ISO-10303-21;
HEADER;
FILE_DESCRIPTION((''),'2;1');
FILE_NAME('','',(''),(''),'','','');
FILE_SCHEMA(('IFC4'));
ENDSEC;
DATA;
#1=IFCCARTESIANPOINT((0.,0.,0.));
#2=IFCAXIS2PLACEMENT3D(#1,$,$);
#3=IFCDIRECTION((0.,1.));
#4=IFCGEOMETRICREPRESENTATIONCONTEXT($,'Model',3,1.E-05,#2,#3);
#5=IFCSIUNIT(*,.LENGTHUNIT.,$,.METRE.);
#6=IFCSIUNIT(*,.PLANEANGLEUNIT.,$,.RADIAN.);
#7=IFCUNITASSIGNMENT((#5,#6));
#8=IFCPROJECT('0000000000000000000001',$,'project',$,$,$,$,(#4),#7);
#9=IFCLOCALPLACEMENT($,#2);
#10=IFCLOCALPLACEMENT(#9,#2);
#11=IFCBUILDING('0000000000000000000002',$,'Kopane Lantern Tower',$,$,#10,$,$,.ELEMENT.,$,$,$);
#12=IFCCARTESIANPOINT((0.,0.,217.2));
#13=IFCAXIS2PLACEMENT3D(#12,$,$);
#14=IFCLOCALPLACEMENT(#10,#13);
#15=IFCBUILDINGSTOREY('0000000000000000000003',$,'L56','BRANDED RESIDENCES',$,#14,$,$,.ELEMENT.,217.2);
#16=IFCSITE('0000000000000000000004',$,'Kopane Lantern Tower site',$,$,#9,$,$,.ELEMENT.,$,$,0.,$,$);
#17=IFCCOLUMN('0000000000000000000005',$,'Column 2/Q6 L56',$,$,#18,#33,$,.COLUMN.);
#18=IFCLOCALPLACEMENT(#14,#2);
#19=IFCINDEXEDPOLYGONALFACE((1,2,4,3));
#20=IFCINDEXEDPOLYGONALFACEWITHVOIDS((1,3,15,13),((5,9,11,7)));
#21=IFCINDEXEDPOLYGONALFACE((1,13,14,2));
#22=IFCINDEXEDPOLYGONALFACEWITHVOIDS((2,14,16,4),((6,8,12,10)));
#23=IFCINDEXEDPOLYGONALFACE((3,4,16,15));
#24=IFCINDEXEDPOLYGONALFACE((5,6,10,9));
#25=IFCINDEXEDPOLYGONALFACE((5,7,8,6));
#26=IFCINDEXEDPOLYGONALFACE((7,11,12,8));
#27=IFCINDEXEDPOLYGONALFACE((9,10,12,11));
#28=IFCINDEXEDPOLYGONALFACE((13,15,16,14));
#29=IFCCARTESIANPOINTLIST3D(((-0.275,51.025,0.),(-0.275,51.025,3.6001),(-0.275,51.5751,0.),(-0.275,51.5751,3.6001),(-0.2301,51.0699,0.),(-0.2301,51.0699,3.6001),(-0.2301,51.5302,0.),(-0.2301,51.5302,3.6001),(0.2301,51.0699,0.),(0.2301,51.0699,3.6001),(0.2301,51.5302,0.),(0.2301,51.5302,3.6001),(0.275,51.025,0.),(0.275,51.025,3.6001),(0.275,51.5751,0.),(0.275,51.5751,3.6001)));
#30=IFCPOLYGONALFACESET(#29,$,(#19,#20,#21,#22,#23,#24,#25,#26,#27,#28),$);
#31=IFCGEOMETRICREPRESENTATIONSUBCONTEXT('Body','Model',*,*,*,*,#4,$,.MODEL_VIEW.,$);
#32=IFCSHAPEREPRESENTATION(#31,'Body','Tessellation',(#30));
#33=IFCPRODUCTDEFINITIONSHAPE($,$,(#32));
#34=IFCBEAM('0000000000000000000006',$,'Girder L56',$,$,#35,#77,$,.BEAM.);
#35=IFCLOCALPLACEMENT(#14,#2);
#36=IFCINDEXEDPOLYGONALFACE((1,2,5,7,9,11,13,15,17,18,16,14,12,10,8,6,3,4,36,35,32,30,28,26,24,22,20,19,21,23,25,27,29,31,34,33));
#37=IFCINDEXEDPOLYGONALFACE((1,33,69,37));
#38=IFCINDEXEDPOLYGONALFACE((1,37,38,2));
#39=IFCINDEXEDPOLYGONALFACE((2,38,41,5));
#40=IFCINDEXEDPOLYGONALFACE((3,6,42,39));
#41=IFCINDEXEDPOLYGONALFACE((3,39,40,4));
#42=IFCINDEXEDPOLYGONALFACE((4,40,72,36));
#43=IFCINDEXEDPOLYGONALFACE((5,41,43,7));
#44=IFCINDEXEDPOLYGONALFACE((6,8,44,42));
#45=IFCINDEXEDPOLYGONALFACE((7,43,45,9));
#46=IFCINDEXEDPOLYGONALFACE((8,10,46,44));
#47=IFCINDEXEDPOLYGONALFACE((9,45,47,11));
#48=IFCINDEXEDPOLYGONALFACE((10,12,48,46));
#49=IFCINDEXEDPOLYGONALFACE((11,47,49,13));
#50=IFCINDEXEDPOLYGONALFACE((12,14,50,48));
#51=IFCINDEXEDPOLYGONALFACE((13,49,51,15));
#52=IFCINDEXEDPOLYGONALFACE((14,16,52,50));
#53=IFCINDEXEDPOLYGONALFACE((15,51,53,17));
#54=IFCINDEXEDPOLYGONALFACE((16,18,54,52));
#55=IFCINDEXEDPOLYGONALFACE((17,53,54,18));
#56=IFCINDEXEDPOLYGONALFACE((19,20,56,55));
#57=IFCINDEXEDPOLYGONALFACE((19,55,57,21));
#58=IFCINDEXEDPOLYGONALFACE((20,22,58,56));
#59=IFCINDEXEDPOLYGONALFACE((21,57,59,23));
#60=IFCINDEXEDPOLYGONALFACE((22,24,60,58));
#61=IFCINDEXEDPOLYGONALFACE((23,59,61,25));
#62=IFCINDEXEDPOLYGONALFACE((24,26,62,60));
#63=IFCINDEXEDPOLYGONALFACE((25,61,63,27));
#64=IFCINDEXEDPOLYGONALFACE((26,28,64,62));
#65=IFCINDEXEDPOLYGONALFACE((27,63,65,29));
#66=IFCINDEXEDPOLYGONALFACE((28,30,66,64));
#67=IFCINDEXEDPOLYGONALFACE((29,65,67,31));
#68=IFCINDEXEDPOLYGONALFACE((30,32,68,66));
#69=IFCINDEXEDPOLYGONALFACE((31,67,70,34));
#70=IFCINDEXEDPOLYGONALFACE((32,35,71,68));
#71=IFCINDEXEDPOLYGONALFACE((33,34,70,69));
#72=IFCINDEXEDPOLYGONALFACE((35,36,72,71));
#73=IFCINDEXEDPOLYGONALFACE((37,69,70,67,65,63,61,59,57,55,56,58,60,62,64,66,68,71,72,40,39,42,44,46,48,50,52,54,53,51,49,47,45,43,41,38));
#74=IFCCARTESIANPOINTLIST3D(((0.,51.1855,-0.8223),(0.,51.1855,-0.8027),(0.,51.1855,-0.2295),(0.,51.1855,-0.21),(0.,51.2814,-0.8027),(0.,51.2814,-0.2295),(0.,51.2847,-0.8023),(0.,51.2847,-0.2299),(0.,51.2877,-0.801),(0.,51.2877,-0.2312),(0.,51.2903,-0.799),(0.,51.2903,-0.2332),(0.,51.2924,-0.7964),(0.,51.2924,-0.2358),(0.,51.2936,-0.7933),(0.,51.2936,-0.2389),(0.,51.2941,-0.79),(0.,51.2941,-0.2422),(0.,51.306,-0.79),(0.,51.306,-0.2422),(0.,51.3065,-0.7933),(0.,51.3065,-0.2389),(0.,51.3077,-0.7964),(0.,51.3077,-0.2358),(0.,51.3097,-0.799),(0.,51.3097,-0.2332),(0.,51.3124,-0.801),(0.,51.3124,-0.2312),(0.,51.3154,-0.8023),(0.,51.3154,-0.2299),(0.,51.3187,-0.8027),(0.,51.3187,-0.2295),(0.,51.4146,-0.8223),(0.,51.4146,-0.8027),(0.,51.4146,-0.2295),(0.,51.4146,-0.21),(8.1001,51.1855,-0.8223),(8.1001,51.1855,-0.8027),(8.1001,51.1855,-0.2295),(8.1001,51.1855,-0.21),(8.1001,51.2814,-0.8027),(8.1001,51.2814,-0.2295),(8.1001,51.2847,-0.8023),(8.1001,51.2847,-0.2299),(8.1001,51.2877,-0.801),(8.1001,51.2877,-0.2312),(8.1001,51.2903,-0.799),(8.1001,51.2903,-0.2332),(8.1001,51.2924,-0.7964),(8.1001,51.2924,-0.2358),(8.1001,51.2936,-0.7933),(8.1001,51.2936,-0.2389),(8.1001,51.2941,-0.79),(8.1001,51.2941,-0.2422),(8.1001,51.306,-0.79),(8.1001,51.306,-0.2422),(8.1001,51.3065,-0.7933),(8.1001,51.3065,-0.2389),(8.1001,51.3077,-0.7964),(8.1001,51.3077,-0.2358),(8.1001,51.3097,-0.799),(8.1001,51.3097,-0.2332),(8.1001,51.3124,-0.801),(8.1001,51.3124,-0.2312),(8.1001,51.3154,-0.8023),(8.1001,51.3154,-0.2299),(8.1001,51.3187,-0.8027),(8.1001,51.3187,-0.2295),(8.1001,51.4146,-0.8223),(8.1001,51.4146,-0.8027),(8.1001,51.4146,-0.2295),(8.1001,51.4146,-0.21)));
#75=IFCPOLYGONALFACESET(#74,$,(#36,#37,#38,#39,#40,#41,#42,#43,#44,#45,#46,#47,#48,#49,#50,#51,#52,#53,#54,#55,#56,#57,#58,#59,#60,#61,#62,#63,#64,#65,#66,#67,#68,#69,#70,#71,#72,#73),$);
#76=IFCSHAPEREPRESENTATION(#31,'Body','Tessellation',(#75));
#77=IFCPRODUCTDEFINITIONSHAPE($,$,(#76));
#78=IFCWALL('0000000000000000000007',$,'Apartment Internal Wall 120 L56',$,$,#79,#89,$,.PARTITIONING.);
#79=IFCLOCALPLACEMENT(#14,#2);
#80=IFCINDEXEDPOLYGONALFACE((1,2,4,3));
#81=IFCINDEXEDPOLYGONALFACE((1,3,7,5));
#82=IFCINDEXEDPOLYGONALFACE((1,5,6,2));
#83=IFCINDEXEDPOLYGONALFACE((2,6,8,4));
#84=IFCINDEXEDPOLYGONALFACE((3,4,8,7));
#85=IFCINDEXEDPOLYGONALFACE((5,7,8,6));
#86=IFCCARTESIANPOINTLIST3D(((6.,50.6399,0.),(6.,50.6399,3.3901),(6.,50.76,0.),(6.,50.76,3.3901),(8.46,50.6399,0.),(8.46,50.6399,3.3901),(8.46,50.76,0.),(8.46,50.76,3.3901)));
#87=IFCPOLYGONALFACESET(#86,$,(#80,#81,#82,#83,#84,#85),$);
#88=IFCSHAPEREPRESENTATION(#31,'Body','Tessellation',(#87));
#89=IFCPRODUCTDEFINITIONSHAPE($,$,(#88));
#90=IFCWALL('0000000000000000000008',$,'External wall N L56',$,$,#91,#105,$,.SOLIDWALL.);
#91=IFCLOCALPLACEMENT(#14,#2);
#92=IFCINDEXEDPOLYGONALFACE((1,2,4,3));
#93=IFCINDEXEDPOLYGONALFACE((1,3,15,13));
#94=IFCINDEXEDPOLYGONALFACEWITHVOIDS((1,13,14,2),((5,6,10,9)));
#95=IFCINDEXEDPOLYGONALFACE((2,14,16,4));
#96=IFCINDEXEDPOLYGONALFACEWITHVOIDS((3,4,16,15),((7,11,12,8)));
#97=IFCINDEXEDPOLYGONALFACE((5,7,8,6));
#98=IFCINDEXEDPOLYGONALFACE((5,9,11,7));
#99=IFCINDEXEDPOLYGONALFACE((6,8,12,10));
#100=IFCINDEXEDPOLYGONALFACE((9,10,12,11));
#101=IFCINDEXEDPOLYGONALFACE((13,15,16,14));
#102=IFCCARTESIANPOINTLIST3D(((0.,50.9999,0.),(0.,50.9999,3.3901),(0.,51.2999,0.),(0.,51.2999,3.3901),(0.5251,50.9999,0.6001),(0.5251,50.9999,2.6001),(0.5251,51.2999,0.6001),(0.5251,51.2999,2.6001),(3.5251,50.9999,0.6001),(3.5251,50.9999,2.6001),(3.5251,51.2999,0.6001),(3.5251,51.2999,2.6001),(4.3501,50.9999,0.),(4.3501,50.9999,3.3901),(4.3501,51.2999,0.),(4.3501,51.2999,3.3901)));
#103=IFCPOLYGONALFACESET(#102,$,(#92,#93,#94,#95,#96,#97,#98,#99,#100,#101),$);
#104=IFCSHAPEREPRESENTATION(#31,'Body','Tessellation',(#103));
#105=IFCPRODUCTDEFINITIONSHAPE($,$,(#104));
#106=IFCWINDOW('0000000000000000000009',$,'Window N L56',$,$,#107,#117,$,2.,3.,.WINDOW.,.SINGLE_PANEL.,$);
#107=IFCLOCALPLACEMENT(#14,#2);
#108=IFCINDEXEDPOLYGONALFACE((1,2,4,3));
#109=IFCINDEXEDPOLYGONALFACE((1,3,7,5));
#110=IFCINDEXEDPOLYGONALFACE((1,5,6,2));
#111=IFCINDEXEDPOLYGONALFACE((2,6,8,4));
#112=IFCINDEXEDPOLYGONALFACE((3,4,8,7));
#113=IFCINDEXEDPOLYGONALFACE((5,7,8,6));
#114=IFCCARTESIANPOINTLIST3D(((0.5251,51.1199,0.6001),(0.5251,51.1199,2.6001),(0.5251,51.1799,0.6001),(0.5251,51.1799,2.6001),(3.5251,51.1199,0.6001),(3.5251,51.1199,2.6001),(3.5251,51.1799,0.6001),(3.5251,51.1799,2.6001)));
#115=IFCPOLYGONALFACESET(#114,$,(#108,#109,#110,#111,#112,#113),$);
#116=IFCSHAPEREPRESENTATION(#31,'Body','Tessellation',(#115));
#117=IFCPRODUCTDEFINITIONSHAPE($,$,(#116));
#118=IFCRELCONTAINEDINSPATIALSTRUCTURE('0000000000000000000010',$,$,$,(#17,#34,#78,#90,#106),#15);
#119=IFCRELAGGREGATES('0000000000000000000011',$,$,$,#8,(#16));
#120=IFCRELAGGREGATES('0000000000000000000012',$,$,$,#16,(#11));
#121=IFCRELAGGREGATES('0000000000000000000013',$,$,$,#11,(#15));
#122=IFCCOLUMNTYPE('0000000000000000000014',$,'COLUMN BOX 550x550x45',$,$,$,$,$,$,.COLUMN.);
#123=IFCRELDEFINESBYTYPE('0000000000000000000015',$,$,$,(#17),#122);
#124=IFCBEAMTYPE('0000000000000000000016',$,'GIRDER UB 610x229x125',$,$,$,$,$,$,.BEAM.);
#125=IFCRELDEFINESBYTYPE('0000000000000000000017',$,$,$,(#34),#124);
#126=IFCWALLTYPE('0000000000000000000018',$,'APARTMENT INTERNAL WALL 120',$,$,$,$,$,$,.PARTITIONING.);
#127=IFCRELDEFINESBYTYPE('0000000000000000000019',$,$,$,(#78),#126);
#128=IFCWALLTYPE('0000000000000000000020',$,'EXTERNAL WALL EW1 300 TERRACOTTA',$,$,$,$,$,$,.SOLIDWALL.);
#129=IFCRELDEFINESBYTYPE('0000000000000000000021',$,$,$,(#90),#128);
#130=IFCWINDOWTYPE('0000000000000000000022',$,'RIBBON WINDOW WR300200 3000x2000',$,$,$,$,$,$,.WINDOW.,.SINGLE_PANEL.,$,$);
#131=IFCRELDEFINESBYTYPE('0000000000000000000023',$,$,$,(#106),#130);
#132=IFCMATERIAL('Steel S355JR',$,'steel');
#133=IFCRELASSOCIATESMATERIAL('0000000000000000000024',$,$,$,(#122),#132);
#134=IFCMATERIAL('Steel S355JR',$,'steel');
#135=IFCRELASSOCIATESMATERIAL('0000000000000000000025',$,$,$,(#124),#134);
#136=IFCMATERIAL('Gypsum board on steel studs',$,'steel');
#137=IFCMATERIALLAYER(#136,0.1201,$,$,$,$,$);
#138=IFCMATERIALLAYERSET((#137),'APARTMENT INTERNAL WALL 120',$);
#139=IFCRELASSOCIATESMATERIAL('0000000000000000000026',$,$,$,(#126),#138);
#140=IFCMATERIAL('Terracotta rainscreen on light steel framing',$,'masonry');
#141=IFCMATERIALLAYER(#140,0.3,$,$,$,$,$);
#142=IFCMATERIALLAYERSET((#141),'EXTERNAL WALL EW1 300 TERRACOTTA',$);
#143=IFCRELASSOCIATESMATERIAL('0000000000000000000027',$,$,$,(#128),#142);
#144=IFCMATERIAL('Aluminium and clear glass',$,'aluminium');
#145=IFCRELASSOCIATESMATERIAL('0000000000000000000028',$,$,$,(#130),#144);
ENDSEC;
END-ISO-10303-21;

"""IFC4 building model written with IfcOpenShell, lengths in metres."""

from ifc_helpers import new_model, si_unit, direction, frame, frame_2d, origin, origin_2d, place, context, subcontext, project, spatial, rectangle, hollow_rectangle, i_section, extrude, material, layer, layer_set, material_profile, profile_set, type_object, element, fill, save


model = new_model("IFC4")

# Units and contexts
model_context = context("Model", 3, precision=1e-05, world=origin(), true_north=direction((0.0, 1.0)))
body_context = subcontext(model_context, "Body", "Model", "MODEL_VIEW")
ifc_project = project(units=[si_unit("LENGTHUNIT", "METRE"), si_unit("PLANEANGLEUNIT", "RADIAN")], contexts=[model_context])

# Site, building, storey
site_placement = place(None, origin())
site = spatial("IfcSite", under=ifc_project, at=site_placement, Name="Kopane Lantern Tower site", CompositionType="ELEMENT", RefElevation=0.0)
building_placement = place(site_placement, origin())
building = spatial("IfcBuilding", under=site, at=building_placement, Name="Kopane Lantern Tower", CompositionType="ELEMENT")
storey_placement = place(building_placement, frame((0.0, 0.0, 217.2)))
storey = spatial("IfcBuildingStorey", under=building, at=storey_placement, Name="L56", Description="BRANDED RESIDENCES", CompositionType="ELEMENT", Elevation=217.2)

# Column
ifc_material_1 = material(Name="Steel S355JR", Category="steel")
ifc_material_profile_1 = material_profile(ifc_material_1, hollow_rectangle(XDim=0.55, YDim=0.55, WallThickness=0.0449, at=origin_2d()), Name="BOX 550x550x45")
ifc_profile_set_1 = profile_set([ifc_material_profile_1], Name="Steel S355JR")
column_type = type_object("IfcColumnType", Name="COLUMN BOX 550x550x45", PredefinedType="COLUMN", material=ifc_profile_set_1)
column_placement = place(storey_placement, frame((0.0, 51.3, 0.0), z_axis=(0.0, 0.0, 1.0), x_axis=(1.0, 0.0, 0.0)))
element("IfcColumn", 1, at=column_placement, inside=storey, type_object=column_type, Name="Column 2/Q6 L56", PredefinedType="COLUMN", context=body_context, shape_type="SweptSolid", body=[
    extrude(hollow_rectangle(XDim=0.55, YDim=0.55, WallThickness=0.0449, at=origin_2d()), origin(), (0.0, 0.0, 1.0), 3.6001),
])

# Beam
ifc_material_2 = material(Name="Steel S355JR", Category="steel")
ifc_material_profile_2 = material_profile(ifc_material_2, i_section(OverallWidth=0.229, OverallDepth=0.6123, WebThickness=0.012, FlangeThickness=0.0195, FilletRadius=0.0127, at=origin_2d()), Name="UB 610x229x125")
ifc_profile_set_2 = profile_set([ifc_material_profile_2], Name="Steel S355JR")
beam_type = type_object("IfcBeamType", Name="GIRDER UB 610x229x125", PredefinedType="BEAM", material=ifc_profile_set_2)
beam_placement = place(storey_placement, frame((0.0, 51.3, -0.5161), z_axis=(1.0, 0.0, 0.0), x_axis=(0.0, 1.0, 0.0)))
element("IfcBeam", 2, at=beam_placement, inside=storey, type_object=beam_type, Name="Girder L56", PredefinedType="BEAM", context=body_context, shape_type="SweptSolid", body=[
    extrude(i_section(OverallWidth=0.229, OverallDepth=0.6123, WebThickness=0.012, FlangeThickness=0.0195, FilletRadius=0.0127, at=origin_2d()), origin(), (0.0, 0.0, 1.0), 8.1001),
])

# Wall
ifc_material_3 = material(Name="Gypsum board on steel studs", Category="steel")
ifc_layer_1 = layer(ifc_material_3, 0.1201)
ifc_layer_set_1 = layer_set([ifc_layer_1], Name="APARTMENT INTERNAL WALL 120")
wall_type_1 = type_object("IfcWallType", Name="APARTMENT INTERNAL WALL 120", PredefinedType="PARTITIONING", material=ifc_layer_set_1)
wall_1_placement = place(storey_placement, frame((6.0, 50.7, 0.0), z_axis=(0.0, 0.0, 1.0), x_axis=(1.0, 0.0, 0.0)))
element("IfcWall", 3, at=wall_1_placement, inside=storey, type_object=wall_type_1, Name="Apartment Internal Wall 120 L56", PredefinedType="PARTITIONING", context=body_context, shape_type="SweptSolid", body=[
    extrude(rectangle(XDim=2.46, YDim=0.1201, at=frame_2d((1.23, 0.0))), origin(), (0.0, 0.0, 1.0), 3.3901),
])

# Wall, opening, window
ifc_material_4 = material(Name="Terracotta rainscreen on light steel framing", Category="masonry")
ifc_layer_2 = layer(ifc_material_4, 0.3)
ifc_layer_set_2 = layer_set([ifc_layer_2], Name="EXTERNAL WALL EW1 300 TERRACOTTA")
wall_type_2 = type_object("IfcWallType", Name="EXTERNAL WALL EW1 300 TERRACOTTA", PredefinedType="SOLIDWALL", material=ifc_layer_set_2)
wall_2_placement = place(storey_placement, frame((4.3501, 51.1499, 0.0), z_axis=(0.0, 0.0, 1.0), x_axis=(-1.0, 0.0, 0.0)))
wall_2 = element("IfcWall", 4, at=wall_2_placement, inside=storey, type_object=wall_type_2, Name="External wall N L56", PredefinedType="SOLIDWALL", context=body_context, shape_type="SweptSolid", body=[
    extrude(rectangle(XDim=4.3501, YDim=0.3, at=frame_2d((2.175, 0.0))), origin(), (0.0, 0.0, 1.0), 3.3901),
])
opening_1_placement = place(wall_2_placement, frame((0.825, 0.0, 0.6001)))
opening_1 = element("IfcOpeningElement", 5, at=opening_1_placement, cuts=wall_2, PredefinedType="OPENING", context=body_context, shape_type="SweptSolid", body=[
    extrude(rectangle(XDim=3.0, YDim=2.0, at=frame_2d((1.5, 1.0))), frame((0.0, 0.1599, 0.0), z_axis=(0.0, -1.0, 0.0), x_axis=(1.0, 0.0, 0.0)), (0.0, 0.0, 1.0), 0.3201),
])
ifc_material_5 = material(Name="Aluminium and clear glass", Category="aluminium")
window_type_1 = type_object("IfcWindowType", Name="RIBBON WINDOW WR300200 3000x2000", PartitioningType="SINGLE_PANEL", PredefinedType="WINDOW", material=ifc_material_5)
window_1_placement = place(opening_1_placement, origin())
window_1 = element("IfcWindow", 6, at=window_1_placement, inside=storey, type_object=window_type_1, Name="Window N L56", OverallHeight=2.0, OverallWidth=3.0, PartitioningType="SINGLE_PANEL", PredefinedType="WINDOW", context=body_context, shape_type="SweptSolid", body=[
    extrude(rectangle(XDim=3.0, YDim=2.0, at=frame_2d((1.5, 1.0))), frame((0.0, 0.03, 0.0), z_axis=(0.0, -1.0, 0.0), x_axis=(1.0, 0.0, 0.0)), (0.0, 0.0, 1.0), 0.0601),
])
fill(opening_1, window_1)

save(model, "model.ifc")
